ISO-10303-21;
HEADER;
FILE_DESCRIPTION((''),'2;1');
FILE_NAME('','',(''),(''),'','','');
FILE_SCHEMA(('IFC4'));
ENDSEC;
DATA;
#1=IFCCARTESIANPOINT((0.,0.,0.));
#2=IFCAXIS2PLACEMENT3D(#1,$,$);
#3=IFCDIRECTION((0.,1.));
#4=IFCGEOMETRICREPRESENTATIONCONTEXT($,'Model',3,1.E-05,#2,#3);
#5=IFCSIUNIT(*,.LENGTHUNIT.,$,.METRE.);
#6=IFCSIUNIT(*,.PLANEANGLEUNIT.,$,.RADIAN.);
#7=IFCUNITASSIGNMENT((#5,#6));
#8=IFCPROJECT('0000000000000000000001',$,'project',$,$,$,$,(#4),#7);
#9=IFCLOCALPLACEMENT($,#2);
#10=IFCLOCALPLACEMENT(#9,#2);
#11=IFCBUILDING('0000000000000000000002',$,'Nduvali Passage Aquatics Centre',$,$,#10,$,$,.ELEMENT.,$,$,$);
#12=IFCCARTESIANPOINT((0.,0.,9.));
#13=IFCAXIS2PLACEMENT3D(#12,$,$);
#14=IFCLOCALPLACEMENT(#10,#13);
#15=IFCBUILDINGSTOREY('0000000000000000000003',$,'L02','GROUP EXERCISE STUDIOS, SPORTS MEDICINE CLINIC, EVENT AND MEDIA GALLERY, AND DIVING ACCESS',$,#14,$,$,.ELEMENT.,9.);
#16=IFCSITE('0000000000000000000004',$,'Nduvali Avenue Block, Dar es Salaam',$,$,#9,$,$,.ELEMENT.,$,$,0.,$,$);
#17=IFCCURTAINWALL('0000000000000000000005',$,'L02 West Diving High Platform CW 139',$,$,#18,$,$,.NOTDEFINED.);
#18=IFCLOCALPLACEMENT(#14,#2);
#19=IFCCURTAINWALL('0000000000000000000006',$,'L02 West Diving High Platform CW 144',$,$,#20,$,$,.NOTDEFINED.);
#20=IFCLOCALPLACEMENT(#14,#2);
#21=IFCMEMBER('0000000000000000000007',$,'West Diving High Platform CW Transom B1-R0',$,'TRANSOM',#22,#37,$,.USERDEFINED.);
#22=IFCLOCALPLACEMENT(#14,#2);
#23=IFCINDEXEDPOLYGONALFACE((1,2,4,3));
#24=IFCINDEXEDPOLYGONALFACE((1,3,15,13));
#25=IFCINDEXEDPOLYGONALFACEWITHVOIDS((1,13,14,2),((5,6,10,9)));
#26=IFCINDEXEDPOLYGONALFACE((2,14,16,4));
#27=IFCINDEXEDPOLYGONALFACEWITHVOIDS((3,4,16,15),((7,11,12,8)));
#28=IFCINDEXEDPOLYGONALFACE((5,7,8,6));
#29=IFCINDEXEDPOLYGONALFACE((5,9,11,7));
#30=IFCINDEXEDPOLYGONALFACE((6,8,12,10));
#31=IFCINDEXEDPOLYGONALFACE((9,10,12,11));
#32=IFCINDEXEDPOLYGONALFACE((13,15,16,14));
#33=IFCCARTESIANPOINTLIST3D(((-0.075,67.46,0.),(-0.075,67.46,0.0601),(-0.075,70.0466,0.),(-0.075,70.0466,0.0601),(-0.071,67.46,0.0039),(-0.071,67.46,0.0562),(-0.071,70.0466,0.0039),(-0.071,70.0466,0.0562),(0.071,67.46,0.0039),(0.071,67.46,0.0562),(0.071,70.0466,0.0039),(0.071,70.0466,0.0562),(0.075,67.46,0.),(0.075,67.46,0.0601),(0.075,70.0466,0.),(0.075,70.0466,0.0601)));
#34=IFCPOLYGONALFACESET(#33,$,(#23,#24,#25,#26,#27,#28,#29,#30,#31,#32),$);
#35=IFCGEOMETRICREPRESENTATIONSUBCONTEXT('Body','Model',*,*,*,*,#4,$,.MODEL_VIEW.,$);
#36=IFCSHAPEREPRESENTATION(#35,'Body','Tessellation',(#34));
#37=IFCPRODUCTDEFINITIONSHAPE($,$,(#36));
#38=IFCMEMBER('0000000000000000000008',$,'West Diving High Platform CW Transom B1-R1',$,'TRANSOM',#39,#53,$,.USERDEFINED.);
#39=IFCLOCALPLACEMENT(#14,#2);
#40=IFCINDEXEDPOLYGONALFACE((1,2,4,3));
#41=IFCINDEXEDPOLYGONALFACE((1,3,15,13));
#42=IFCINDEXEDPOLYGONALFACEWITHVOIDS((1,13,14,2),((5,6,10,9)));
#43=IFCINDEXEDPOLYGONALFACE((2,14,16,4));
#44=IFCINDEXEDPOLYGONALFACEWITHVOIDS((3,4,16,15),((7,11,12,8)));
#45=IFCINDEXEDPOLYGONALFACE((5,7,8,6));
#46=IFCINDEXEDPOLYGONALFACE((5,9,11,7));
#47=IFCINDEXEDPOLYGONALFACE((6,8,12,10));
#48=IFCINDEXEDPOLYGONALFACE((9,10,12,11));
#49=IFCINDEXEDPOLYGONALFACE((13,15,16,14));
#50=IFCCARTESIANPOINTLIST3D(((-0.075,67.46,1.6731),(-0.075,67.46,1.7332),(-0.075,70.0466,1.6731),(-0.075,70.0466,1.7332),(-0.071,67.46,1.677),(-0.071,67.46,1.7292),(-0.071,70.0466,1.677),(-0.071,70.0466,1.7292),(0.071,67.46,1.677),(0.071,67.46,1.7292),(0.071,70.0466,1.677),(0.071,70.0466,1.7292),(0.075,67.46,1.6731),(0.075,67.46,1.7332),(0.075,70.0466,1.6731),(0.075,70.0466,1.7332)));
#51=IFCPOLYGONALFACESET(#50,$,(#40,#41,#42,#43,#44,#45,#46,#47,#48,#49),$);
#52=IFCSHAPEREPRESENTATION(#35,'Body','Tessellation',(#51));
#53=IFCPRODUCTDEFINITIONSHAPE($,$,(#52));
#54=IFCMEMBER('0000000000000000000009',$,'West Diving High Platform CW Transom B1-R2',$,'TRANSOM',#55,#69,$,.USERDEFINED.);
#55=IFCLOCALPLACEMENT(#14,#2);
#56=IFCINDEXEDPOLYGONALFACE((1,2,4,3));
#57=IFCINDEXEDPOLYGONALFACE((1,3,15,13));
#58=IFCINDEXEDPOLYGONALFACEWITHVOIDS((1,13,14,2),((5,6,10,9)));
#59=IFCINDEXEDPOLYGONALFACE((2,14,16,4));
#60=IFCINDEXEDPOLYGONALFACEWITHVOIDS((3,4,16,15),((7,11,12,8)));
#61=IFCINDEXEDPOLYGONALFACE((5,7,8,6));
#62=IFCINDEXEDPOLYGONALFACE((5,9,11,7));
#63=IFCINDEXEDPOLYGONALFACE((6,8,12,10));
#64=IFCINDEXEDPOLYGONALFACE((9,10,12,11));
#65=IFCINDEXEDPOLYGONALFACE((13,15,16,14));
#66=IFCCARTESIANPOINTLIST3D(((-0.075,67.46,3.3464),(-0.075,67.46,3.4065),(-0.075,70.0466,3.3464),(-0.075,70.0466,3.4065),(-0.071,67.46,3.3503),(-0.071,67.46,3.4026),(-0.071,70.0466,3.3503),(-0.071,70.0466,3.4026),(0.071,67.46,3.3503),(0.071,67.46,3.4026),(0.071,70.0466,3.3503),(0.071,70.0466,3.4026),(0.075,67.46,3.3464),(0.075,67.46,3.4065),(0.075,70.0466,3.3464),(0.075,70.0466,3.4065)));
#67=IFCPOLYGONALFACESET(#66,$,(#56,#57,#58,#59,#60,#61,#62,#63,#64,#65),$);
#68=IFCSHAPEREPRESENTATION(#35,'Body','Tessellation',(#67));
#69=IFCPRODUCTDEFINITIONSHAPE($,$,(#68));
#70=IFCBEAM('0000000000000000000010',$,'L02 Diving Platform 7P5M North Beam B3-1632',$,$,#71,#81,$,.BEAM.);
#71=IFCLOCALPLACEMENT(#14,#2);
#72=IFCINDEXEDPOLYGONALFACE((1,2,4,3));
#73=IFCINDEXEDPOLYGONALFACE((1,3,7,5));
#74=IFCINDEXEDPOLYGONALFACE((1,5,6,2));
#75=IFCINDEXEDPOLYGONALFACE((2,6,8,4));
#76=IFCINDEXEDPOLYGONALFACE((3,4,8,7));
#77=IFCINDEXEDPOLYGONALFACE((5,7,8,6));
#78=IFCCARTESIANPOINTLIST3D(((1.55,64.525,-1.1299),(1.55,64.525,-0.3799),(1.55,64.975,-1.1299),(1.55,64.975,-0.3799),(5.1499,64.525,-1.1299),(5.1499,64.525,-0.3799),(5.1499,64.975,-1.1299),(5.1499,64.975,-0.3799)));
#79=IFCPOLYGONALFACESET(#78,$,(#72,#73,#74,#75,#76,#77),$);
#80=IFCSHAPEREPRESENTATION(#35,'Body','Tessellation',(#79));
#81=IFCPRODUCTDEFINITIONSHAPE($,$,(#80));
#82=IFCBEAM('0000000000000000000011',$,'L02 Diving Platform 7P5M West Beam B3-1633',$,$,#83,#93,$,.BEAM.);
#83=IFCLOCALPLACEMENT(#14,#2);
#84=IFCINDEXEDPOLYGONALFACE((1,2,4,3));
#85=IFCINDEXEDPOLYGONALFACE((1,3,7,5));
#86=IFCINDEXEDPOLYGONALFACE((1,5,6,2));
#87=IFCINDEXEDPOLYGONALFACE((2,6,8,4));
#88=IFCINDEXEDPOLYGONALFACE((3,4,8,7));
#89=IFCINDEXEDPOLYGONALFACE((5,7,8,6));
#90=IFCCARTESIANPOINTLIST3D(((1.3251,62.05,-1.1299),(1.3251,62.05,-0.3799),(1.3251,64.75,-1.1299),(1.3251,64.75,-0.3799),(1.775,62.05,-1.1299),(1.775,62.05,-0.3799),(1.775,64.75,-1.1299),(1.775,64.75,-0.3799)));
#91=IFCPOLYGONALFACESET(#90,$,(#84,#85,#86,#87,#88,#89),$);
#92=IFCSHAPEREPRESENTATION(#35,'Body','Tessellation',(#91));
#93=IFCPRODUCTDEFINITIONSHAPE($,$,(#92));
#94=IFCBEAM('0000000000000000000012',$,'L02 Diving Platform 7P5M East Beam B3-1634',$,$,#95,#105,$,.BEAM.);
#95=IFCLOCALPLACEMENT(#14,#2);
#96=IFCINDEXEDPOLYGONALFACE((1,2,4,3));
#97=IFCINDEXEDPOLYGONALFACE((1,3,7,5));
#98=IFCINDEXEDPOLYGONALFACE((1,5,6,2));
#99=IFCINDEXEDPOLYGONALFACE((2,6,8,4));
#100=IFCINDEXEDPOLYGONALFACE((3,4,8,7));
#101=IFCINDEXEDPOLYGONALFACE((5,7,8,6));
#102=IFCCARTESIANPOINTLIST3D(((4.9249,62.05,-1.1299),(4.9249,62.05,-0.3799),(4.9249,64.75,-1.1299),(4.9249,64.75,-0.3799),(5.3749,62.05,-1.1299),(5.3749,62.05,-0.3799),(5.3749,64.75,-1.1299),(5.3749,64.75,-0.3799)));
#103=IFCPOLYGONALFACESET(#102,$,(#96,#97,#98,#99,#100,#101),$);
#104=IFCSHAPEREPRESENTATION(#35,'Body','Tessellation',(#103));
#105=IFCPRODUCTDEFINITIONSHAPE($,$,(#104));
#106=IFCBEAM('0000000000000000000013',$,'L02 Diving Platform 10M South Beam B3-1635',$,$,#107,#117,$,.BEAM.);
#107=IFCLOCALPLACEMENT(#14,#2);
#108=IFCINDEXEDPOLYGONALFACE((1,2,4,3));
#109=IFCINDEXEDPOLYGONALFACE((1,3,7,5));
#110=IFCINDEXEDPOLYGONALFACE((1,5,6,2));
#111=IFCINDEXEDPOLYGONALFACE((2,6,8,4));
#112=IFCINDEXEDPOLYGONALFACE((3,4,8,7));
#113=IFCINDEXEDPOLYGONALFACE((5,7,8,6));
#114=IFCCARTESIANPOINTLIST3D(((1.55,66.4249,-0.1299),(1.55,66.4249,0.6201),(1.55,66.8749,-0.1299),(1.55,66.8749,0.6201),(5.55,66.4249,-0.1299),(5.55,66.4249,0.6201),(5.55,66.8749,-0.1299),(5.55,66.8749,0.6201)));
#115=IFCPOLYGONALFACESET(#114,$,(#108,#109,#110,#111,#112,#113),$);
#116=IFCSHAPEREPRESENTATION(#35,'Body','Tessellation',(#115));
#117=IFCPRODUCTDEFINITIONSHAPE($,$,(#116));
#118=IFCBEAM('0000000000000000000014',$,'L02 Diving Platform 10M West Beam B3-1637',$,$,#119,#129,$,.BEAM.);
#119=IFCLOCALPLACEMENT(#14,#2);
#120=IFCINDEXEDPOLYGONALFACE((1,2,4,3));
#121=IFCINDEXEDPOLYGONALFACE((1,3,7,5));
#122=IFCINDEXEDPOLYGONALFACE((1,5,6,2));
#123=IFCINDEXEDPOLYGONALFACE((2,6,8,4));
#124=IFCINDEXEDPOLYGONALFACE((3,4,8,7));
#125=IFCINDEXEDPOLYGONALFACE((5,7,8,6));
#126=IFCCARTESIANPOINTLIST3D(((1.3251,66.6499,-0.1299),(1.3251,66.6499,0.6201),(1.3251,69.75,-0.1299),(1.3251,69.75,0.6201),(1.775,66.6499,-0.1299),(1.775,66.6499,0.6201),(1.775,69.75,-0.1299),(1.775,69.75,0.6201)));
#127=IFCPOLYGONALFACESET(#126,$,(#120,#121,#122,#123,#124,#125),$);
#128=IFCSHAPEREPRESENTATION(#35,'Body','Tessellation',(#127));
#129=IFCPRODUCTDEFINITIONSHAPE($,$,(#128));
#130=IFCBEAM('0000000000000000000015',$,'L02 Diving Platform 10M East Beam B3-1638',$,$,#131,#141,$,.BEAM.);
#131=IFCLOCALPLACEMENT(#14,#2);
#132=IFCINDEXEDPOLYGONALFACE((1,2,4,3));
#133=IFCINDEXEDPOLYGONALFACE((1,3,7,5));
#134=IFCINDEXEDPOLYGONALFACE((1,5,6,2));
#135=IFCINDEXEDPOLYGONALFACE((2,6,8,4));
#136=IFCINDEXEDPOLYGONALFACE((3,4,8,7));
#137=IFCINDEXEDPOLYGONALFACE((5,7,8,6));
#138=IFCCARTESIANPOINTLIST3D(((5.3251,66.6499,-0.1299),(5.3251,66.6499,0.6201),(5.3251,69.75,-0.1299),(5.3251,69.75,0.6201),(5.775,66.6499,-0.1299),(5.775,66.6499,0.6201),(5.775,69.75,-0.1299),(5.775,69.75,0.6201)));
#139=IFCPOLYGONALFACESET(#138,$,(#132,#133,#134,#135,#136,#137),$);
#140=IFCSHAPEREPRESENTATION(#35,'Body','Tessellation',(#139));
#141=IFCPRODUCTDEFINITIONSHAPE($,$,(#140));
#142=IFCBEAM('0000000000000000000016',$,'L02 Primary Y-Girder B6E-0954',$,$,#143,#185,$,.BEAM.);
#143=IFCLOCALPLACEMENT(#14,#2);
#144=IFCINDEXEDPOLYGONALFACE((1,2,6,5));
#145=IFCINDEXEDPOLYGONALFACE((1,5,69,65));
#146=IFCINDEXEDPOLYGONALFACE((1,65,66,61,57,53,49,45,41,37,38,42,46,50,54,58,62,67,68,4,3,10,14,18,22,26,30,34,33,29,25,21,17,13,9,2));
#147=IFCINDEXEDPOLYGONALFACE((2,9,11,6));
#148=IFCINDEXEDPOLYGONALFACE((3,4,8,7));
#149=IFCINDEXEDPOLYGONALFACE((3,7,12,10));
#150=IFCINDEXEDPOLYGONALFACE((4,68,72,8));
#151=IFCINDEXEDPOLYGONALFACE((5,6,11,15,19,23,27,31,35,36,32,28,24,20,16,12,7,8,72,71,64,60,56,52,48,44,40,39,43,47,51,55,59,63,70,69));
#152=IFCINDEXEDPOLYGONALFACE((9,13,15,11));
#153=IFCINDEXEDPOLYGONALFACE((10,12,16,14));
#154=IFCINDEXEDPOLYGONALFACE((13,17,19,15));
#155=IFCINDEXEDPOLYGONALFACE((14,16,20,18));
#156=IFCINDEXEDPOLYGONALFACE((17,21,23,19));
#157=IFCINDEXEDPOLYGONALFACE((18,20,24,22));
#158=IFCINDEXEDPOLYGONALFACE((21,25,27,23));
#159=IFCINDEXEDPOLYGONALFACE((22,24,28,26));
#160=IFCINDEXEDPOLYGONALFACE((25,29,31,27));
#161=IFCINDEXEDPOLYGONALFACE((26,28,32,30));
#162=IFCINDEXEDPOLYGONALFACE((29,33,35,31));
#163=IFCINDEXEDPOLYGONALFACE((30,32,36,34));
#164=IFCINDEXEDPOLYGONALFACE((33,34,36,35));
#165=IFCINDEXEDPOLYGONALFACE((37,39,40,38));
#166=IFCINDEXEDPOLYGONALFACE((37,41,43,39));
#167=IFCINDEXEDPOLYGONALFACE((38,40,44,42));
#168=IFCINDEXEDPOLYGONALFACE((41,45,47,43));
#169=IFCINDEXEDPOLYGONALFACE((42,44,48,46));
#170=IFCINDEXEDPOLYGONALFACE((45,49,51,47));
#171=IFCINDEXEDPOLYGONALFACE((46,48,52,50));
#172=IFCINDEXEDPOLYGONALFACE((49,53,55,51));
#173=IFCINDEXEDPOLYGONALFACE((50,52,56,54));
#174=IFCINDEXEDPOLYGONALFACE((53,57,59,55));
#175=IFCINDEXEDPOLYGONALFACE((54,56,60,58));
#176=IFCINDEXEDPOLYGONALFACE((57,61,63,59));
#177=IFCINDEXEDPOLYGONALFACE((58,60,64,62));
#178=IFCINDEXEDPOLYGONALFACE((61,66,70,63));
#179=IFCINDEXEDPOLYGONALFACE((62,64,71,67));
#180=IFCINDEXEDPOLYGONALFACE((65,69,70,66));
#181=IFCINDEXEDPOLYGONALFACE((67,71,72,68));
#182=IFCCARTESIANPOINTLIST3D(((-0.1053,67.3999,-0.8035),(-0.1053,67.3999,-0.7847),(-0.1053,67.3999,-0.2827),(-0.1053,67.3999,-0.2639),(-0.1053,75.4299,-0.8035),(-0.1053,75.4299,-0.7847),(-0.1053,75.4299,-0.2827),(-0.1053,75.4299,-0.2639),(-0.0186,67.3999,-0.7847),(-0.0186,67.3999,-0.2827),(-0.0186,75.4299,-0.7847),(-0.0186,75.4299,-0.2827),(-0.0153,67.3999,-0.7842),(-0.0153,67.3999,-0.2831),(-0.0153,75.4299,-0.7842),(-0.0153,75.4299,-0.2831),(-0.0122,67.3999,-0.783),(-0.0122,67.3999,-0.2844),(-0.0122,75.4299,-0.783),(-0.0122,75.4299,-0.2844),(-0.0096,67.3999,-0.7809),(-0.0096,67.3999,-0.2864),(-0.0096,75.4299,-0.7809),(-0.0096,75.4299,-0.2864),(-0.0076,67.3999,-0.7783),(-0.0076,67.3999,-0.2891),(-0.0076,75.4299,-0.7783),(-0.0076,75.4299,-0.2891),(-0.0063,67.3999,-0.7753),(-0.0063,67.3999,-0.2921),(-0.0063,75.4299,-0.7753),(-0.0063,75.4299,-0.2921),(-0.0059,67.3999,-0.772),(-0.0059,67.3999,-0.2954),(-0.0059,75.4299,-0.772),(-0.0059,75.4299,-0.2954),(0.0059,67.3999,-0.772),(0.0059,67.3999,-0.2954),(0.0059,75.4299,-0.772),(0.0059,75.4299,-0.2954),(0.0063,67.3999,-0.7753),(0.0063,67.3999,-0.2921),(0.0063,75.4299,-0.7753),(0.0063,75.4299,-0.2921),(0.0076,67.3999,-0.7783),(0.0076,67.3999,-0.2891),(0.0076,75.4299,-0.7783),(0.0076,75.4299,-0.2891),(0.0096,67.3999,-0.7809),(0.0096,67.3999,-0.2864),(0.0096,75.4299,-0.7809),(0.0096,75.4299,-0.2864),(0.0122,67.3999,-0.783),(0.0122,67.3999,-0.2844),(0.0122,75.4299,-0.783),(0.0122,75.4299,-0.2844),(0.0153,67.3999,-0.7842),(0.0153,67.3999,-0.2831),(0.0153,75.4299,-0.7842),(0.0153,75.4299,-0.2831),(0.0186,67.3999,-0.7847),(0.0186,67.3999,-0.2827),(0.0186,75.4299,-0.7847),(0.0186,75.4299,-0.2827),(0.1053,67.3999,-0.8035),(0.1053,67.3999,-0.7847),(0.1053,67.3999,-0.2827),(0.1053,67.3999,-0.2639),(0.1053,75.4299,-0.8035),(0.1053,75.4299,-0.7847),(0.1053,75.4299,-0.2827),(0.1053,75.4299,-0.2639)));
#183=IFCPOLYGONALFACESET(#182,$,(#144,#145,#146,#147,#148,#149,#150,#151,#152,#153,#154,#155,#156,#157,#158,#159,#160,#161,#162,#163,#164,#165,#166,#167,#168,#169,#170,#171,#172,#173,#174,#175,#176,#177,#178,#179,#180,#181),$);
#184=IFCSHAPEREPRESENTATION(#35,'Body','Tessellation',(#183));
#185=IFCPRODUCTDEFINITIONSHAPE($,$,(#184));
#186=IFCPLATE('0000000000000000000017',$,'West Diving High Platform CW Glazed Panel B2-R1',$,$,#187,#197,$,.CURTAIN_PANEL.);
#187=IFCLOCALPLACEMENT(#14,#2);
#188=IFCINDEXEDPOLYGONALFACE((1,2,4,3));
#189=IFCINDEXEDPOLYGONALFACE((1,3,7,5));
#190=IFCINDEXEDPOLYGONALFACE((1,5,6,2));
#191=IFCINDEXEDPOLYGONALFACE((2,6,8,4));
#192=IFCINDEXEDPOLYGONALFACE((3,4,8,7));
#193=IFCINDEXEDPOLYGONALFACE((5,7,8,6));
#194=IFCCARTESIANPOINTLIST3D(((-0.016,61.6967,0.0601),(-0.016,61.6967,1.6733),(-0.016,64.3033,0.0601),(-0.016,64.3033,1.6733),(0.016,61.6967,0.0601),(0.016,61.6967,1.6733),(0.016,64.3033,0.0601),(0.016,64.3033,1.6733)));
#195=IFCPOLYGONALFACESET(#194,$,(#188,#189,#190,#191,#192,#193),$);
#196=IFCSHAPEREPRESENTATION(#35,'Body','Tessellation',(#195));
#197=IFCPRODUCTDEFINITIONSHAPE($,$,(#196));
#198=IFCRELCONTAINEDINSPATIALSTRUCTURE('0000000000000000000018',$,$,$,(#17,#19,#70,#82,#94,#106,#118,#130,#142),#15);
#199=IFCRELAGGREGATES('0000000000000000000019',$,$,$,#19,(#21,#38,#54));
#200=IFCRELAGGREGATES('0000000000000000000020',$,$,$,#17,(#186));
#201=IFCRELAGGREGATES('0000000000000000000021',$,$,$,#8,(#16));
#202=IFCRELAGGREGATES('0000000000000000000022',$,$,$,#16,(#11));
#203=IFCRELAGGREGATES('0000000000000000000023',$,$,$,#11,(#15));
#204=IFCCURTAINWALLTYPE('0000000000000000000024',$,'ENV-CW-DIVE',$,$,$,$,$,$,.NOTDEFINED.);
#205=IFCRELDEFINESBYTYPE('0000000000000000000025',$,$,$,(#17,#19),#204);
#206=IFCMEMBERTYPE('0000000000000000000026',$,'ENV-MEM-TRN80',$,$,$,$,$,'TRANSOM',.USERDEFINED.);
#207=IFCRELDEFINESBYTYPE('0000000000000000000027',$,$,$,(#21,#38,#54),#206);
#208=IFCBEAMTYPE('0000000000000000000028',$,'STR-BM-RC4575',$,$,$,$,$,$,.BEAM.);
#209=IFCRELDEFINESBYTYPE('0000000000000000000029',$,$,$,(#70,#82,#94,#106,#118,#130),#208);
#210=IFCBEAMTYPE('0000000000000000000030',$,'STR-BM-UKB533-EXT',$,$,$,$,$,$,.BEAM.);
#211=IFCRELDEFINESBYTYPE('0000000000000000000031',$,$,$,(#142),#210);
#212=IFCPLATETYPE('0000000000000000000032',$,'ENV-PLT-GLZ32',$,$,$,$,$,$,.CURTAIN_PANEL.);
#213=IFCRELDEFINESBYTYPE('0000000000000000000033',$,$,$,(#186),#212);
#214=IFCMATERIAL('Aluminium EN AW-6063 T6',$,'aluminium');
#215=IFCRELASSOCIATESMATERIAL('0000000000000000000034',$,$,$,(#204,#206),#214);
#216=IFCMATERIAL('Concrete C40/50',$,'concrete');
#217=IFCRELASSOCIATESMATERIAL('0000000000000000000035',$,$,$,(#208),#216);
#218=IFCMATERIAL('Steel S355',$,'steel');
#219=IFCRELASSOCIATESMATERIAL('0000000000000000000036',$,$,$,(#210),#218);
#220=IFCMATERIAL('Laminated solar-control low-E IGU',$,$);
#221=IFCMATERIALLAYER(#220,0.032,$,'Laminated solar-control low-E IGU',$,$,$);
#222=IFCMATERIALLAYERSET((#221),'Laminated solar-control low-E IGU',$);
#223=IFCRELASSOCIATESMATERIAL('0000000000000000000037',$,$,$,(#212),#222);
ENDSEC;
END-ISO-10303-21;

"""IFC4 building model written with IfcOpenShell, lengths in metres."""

from ifc_helpers import new_model, si_unit, direction, frame, origin, origin_2d, place, context, subcontext, project, spatial, rectangle, hollow_rectangle, i_section, extrude, material, layer, layer_set, material_profile, profile_set, type_object, element, aggregate, save


model = new_model("IFC4")

# Units and contexts
model_context = context("Model", 3, precision=1e-05, world=origin(), true_north=direction((0.0, 1.0)))
body_context = subcontext(model_context, "Body", "Model", "MODEL_VIEW")
ifc_project = project(units=[si_unit("LENGTHUNIT", "METRE"), si_unit("PLANEANGLEUNIT", "RADIAN")], contexts=[model_context])

# Site, building, storey
site_placement = place(None, origin())
site = spatial("IfcSite", under=ifc_project, at=site_placement, Name="Nduvali Avenue Block, Dar es Salaam", CompositionType="ELEMENT", RefElevation=0.0)
building_placement = place(site_placement, origin())
building = spatial("IfcBuilding", under=site, at=building_placement, Name="Nduvali Passage Aquatics Centre", CompositionType="ELEMENT")
storey_placement = place(building_placement, frame((0.0, 0.0, 9.0)))
storey = spatial("IfcBuildingStorey", under=building, at=storey_placement, Name="L02", Description="GROUP EXERCISE STUDIOS, SPORTS MEDICINE CLINIC, EVENT AND MEDIA GALLERY, AND DIVING ACCESS", CompositionType="ELEMENT", Elevation=9.0)

# Shared definitions
ifc_material_1 = material(Name="Steel S355", Category="steel")
ifc_material_2 = material(Name="Concrete C40/50", Category="concrete")

# Curtain wall
ifc_material_3 = material(Name="Aluminium EN AW-6063 T6", Category="aluminium")
curtain_wall_type = type_object("IfcCurtainWallType", Name="ENV-CW-DIVE", PredefinedType="NOTDEFINED", material=ifc_material_3)
curtain_wall_1_placement = place(storey_placement, origin())
curtain_wall_1 = element("IfcCurtainWall", 1, at=curtain_wall_1_placement, inside=storey, type_object=curtain_wall_type, Name="L02 West Diving High Platform CW 139", PredefinedType="NOTDEFINED")

# Curtain wall
curtain_wall_2_placement = place(storey_placement, origin())
curtain_wall_2 = element("IfcCurtainWall", 2, at=curtain_wall_2_placement, inside=storey, type_object=curtain_wall_type, Name="L02 West Diving High Platform CW 144", PredefinedType="NOTDEFINED")

# Members
ifc_material_profile_1 = material_profile(ifc_material_3, hollow_rectangle(XDim=0.1499, YDim=0.0601, WallThickness=0.0039, at=origin_2d()), Name="ALU TRANSOM 150x60x4")
ifc_profile_set_1 = profile_set([ifc_material_profile_1], Name="Aluminium EN AW-6063 T6")
member_type_1 = type_object("IfcMemberType", Name="ENV-MEM-TRN80", ElementType="TRANSOM", PredefinedType="USERDEFINED", material=ifc_profile_set_1)
member_1_placement = place(storey_placement, frame((0.0, 67.46, 0.03), z_axis=(0.0, 1.0, 0.0), x_axis=(-1.0, 0.0, 0.0)))
member_1 = element("IfcMember", 3, at=member_1_placement, type_object=member_type_1, Name="West Diving High Platform CW Transom B1-R0", ObjectType="TRANSOM", PredefinedType="USERDEFINED", context=body_context, shape_type="SweptSolid", body=[
    extrude(hollow_rectangle(XDim=0.1499, YDim=0.0601, WallThickness=0.0039, at=origin_2d()), origin(), (0.0, 0.0, 1.0), 2.5867),
])
member_2_placement = place(storey_placement, frame((0.0, 67.46, 1.7031), z_axis=(0.0, 1.0, 0.0), x_axis=(-1.0, 0.0, 0.0)))
member_2 = element("IfcMember", 4, at=member_2_placement, type_object=member_type_1, Name="West Diving High Platform CW Transom B1-R1", ObjectType="TRANSOM", PredefinedType="USERDEFINED", context=body_context, shape_type="SweptSolid", body=[
    extrude(hollow_rectangle(XDim=0.1499, YDim=0.0601, WallThickness=0.0039, at=origin_2d()), origin(), (0.0, 0.0, 1.0), 2.5867),
])
member_3_placement = place(storey_placement, frame((0.0, 67.46, 3.3765), z_axis=(0.0, 1.0, 0.0), x_axis=(-1.0, 0.0, 0.0)))
member_3 = element("IfcMember", 5, at=member_3_placement, type_object=member_type_1, Name="West Diving High Platform CW Transom B1-R2", ObjectType="TRANSOM", PredefinedType="USERDEFINED", context=body_context, shape_type="SweptSolid", body=[
    extrude(hollow_rectangle(XDim=0.1499, YDim=0.0601, WallThickness=0.0039, at=origin_2d()), origin(), (0.0, 0.0, 1.0), 2.5867),
])
aggregate(curtain_wall_2, [member_1, member_2, member_3])

# Beams
ifc_material_profile_2 = material_profile(ifc_material_2, rectangle(XDim=0.45, YDim=0.75, at=origin_2d()), Name="RC 450x750")
ifc_profile_set_2 = profile_set([ifc_material_profile_2], Name="Concrete C40/50")
beam_type_1 = type_object("IfcBeamType", Name="STR-BM-RC4575", PredefinedType="BEAM", material=ifc_profile_set_2)
beam_1_placement = place(storey_placement, frame((1.55, 64.75, -0.7549), z_axis=(1.0, 0.0, 0.0), x_axis=(0.0, 1.0, 0.0)))
element("IfcBeam", 6, at=beam_1_placement, inside=storey, type_object=beam_type_1, Name="L02 Diving Platform 7P5M North Beam B3-1632", PredefinedType="BEAM", context=body_context, shape_type="SweptSolid", body=[
    extrude(rectangle(XDim=0.45, YDim=0.75, at=origin_2d()), origin(), (0.0, 0.0, 1.0), 3.5999),
])
for number, where, z_axis, x_axis, name in (
    (7, (1.55, 62.05, -0.7549), (0.0, 1.0, 0.0), (-1.0, 0.0, 0.0), "L02 Diving Platform 7P5M West Beam B3-1633"),
    (8, (5.1499, 62.05, -0.7549), (0.0, 1.0, 0.0), (-1.0, 0.0, 0.0), "L02 Diving Platform 7P5M East Beam B3-1634"),
):
    element("IfcBeam", number, at=place(storey_placement, frame(where, z_axis=z_axis, x_axis=x_axis)), inside=storey, type_object=beam_type_1, Name=name, PredefinedType="BEAM", context=body_context, shape_type="SweptSolid", body=[
        extrude(rectangle(XDim=0.45, YDim=0.75, at=origin_2d()), origin(), (0.0, 0.0, 1.0), 2.7),
    ])
beam_2_placement = place(storey_placement, frame((1.55, 66.6499, 0.2451), z_axis=(1.0, 0.0, 0.0), x_axis=(0.0, 1.0, 0.0)))
element("IfcBeam", 9, at=beam_2_placement, inside=storey, type_object=beam_type_1, Name="L02 Diving Platform 10M South Beam B3-1635", PredefinedType="BEAM", context=body_context, shape_type="SweptSolid", body=[
    extrude(rectangle(XDim=0.45, YDim=0.75, at=origin_2d()), origin(), (0.0, 0.0, 1.0), 4.0),
])
for number, where, z_axis, x_axis, name in (
    (10, (1.55, 66.6499, 0.2451), (0.0, 1.0, 0.0), (-1.0, 0.0, 0.0), "L02 Diving Platform 10M West Beam B3-1637"),
    (11, (5.55, 66.6499, 0.2451), (0.0, 1.0, 0.0), (-1.0, 0.0, 0.0), "L02 Diving Platform 10M East Beam B3-1638"),
):
    element("IfcBeam", number, at=place(storey_placement, frame(where, z_axis=z_axis, x_axis=x_axis)), inside=storey, type_object=beam_type_1, Name=name, PredefinedType="BEAM", context=body_context, shape_type="SweptSolid", body=[
        extrude(rectangle(XDim=0.45, YDim=0.75, at=origin_2d()), origin(), (0.0, 0.0, 1.0), 3.1001),
    ])
ifc_material_profile_3 = material_profile(ifc_material_1, i_section(OverallWidth=0.2107, OverallDepth=0.5396, WebThickness=0.0117, FlangeThickness=0.0188, FilletRadius=0.0127, at=origin_2d()), Name="UKB 533x210x109")
ifc_profile_set_3 = profile_set([ifc_material_profile_3], Name="Steel S355")
beam_type_2 = type_object("IfcBeamType", Name="STR-BM-UKB533-EXT", PredefinedType="BEAM", material=ifc_profile_set_3)
beam_3_placement = place(storey_placement, frame((0.0, 67.3999, -0.5337), z_axis=(0.0, 1.0, 0.0), x_axis=(-1.0, 0.0, 0.0)))
element("IfcBeam", 12, at=beam_3_placement, inside=storey, type_object=beam_type_2, Name="L02 Primary Y-Girder B6E-0954", PredefinedType="BEAM", context=body_context, shape_type="SweptSolid", body=[
    extrude(i_section(OverallWidth=0.2107, OverallDepth=0.5396, WebThickness=0.0117, FlangeThickness=0.0188, FilletRadius=0.0127, at=origin_2d()), origin(), (0.0, 0.0, 1.0), 8.03),
])

# Plate
ifc_material_4 = material(Name="Laminated solar-control low-E IGU")
ifc_layer = layer(ifc_material_4, 0.032, Name="Laminated solar-control low-E IGU")
ifc_layer_set = layer_set([ifc_layer], Name="Laminated solar-control low-E IGU")
plate_type = type_object("IfcPlateType", Name="ENV-PLT-GLZ32", PredefinedType="CURTAIN_PANEL", material=ifc_layer_set)
plate_1_placement = place(storey_placement, frame((0.0, 63.0, 0.0601), z_axis=(0.0, 0.0, 1.0), x_axis=(0.0, 1.0, 0.0)))
plate_1 = element("IfcPlate", 13, at=plate_1_placement, type_object=plate_type, Name="West Diving High Platform CW Glazed Panel B2-R1", PredefinedType="CURTAIN_PANEL", context=body_context, shape_type="SweptSolid", body=[
    extrude(rectangle(XDim=2.6067, YDim=0.032, at=origin_2d()), origin(), (0.0, 0.0, 1.0), 1.6133),
])
aggregate(curtain_wall_1, [plate_1])

save(model, "model.ifc")
